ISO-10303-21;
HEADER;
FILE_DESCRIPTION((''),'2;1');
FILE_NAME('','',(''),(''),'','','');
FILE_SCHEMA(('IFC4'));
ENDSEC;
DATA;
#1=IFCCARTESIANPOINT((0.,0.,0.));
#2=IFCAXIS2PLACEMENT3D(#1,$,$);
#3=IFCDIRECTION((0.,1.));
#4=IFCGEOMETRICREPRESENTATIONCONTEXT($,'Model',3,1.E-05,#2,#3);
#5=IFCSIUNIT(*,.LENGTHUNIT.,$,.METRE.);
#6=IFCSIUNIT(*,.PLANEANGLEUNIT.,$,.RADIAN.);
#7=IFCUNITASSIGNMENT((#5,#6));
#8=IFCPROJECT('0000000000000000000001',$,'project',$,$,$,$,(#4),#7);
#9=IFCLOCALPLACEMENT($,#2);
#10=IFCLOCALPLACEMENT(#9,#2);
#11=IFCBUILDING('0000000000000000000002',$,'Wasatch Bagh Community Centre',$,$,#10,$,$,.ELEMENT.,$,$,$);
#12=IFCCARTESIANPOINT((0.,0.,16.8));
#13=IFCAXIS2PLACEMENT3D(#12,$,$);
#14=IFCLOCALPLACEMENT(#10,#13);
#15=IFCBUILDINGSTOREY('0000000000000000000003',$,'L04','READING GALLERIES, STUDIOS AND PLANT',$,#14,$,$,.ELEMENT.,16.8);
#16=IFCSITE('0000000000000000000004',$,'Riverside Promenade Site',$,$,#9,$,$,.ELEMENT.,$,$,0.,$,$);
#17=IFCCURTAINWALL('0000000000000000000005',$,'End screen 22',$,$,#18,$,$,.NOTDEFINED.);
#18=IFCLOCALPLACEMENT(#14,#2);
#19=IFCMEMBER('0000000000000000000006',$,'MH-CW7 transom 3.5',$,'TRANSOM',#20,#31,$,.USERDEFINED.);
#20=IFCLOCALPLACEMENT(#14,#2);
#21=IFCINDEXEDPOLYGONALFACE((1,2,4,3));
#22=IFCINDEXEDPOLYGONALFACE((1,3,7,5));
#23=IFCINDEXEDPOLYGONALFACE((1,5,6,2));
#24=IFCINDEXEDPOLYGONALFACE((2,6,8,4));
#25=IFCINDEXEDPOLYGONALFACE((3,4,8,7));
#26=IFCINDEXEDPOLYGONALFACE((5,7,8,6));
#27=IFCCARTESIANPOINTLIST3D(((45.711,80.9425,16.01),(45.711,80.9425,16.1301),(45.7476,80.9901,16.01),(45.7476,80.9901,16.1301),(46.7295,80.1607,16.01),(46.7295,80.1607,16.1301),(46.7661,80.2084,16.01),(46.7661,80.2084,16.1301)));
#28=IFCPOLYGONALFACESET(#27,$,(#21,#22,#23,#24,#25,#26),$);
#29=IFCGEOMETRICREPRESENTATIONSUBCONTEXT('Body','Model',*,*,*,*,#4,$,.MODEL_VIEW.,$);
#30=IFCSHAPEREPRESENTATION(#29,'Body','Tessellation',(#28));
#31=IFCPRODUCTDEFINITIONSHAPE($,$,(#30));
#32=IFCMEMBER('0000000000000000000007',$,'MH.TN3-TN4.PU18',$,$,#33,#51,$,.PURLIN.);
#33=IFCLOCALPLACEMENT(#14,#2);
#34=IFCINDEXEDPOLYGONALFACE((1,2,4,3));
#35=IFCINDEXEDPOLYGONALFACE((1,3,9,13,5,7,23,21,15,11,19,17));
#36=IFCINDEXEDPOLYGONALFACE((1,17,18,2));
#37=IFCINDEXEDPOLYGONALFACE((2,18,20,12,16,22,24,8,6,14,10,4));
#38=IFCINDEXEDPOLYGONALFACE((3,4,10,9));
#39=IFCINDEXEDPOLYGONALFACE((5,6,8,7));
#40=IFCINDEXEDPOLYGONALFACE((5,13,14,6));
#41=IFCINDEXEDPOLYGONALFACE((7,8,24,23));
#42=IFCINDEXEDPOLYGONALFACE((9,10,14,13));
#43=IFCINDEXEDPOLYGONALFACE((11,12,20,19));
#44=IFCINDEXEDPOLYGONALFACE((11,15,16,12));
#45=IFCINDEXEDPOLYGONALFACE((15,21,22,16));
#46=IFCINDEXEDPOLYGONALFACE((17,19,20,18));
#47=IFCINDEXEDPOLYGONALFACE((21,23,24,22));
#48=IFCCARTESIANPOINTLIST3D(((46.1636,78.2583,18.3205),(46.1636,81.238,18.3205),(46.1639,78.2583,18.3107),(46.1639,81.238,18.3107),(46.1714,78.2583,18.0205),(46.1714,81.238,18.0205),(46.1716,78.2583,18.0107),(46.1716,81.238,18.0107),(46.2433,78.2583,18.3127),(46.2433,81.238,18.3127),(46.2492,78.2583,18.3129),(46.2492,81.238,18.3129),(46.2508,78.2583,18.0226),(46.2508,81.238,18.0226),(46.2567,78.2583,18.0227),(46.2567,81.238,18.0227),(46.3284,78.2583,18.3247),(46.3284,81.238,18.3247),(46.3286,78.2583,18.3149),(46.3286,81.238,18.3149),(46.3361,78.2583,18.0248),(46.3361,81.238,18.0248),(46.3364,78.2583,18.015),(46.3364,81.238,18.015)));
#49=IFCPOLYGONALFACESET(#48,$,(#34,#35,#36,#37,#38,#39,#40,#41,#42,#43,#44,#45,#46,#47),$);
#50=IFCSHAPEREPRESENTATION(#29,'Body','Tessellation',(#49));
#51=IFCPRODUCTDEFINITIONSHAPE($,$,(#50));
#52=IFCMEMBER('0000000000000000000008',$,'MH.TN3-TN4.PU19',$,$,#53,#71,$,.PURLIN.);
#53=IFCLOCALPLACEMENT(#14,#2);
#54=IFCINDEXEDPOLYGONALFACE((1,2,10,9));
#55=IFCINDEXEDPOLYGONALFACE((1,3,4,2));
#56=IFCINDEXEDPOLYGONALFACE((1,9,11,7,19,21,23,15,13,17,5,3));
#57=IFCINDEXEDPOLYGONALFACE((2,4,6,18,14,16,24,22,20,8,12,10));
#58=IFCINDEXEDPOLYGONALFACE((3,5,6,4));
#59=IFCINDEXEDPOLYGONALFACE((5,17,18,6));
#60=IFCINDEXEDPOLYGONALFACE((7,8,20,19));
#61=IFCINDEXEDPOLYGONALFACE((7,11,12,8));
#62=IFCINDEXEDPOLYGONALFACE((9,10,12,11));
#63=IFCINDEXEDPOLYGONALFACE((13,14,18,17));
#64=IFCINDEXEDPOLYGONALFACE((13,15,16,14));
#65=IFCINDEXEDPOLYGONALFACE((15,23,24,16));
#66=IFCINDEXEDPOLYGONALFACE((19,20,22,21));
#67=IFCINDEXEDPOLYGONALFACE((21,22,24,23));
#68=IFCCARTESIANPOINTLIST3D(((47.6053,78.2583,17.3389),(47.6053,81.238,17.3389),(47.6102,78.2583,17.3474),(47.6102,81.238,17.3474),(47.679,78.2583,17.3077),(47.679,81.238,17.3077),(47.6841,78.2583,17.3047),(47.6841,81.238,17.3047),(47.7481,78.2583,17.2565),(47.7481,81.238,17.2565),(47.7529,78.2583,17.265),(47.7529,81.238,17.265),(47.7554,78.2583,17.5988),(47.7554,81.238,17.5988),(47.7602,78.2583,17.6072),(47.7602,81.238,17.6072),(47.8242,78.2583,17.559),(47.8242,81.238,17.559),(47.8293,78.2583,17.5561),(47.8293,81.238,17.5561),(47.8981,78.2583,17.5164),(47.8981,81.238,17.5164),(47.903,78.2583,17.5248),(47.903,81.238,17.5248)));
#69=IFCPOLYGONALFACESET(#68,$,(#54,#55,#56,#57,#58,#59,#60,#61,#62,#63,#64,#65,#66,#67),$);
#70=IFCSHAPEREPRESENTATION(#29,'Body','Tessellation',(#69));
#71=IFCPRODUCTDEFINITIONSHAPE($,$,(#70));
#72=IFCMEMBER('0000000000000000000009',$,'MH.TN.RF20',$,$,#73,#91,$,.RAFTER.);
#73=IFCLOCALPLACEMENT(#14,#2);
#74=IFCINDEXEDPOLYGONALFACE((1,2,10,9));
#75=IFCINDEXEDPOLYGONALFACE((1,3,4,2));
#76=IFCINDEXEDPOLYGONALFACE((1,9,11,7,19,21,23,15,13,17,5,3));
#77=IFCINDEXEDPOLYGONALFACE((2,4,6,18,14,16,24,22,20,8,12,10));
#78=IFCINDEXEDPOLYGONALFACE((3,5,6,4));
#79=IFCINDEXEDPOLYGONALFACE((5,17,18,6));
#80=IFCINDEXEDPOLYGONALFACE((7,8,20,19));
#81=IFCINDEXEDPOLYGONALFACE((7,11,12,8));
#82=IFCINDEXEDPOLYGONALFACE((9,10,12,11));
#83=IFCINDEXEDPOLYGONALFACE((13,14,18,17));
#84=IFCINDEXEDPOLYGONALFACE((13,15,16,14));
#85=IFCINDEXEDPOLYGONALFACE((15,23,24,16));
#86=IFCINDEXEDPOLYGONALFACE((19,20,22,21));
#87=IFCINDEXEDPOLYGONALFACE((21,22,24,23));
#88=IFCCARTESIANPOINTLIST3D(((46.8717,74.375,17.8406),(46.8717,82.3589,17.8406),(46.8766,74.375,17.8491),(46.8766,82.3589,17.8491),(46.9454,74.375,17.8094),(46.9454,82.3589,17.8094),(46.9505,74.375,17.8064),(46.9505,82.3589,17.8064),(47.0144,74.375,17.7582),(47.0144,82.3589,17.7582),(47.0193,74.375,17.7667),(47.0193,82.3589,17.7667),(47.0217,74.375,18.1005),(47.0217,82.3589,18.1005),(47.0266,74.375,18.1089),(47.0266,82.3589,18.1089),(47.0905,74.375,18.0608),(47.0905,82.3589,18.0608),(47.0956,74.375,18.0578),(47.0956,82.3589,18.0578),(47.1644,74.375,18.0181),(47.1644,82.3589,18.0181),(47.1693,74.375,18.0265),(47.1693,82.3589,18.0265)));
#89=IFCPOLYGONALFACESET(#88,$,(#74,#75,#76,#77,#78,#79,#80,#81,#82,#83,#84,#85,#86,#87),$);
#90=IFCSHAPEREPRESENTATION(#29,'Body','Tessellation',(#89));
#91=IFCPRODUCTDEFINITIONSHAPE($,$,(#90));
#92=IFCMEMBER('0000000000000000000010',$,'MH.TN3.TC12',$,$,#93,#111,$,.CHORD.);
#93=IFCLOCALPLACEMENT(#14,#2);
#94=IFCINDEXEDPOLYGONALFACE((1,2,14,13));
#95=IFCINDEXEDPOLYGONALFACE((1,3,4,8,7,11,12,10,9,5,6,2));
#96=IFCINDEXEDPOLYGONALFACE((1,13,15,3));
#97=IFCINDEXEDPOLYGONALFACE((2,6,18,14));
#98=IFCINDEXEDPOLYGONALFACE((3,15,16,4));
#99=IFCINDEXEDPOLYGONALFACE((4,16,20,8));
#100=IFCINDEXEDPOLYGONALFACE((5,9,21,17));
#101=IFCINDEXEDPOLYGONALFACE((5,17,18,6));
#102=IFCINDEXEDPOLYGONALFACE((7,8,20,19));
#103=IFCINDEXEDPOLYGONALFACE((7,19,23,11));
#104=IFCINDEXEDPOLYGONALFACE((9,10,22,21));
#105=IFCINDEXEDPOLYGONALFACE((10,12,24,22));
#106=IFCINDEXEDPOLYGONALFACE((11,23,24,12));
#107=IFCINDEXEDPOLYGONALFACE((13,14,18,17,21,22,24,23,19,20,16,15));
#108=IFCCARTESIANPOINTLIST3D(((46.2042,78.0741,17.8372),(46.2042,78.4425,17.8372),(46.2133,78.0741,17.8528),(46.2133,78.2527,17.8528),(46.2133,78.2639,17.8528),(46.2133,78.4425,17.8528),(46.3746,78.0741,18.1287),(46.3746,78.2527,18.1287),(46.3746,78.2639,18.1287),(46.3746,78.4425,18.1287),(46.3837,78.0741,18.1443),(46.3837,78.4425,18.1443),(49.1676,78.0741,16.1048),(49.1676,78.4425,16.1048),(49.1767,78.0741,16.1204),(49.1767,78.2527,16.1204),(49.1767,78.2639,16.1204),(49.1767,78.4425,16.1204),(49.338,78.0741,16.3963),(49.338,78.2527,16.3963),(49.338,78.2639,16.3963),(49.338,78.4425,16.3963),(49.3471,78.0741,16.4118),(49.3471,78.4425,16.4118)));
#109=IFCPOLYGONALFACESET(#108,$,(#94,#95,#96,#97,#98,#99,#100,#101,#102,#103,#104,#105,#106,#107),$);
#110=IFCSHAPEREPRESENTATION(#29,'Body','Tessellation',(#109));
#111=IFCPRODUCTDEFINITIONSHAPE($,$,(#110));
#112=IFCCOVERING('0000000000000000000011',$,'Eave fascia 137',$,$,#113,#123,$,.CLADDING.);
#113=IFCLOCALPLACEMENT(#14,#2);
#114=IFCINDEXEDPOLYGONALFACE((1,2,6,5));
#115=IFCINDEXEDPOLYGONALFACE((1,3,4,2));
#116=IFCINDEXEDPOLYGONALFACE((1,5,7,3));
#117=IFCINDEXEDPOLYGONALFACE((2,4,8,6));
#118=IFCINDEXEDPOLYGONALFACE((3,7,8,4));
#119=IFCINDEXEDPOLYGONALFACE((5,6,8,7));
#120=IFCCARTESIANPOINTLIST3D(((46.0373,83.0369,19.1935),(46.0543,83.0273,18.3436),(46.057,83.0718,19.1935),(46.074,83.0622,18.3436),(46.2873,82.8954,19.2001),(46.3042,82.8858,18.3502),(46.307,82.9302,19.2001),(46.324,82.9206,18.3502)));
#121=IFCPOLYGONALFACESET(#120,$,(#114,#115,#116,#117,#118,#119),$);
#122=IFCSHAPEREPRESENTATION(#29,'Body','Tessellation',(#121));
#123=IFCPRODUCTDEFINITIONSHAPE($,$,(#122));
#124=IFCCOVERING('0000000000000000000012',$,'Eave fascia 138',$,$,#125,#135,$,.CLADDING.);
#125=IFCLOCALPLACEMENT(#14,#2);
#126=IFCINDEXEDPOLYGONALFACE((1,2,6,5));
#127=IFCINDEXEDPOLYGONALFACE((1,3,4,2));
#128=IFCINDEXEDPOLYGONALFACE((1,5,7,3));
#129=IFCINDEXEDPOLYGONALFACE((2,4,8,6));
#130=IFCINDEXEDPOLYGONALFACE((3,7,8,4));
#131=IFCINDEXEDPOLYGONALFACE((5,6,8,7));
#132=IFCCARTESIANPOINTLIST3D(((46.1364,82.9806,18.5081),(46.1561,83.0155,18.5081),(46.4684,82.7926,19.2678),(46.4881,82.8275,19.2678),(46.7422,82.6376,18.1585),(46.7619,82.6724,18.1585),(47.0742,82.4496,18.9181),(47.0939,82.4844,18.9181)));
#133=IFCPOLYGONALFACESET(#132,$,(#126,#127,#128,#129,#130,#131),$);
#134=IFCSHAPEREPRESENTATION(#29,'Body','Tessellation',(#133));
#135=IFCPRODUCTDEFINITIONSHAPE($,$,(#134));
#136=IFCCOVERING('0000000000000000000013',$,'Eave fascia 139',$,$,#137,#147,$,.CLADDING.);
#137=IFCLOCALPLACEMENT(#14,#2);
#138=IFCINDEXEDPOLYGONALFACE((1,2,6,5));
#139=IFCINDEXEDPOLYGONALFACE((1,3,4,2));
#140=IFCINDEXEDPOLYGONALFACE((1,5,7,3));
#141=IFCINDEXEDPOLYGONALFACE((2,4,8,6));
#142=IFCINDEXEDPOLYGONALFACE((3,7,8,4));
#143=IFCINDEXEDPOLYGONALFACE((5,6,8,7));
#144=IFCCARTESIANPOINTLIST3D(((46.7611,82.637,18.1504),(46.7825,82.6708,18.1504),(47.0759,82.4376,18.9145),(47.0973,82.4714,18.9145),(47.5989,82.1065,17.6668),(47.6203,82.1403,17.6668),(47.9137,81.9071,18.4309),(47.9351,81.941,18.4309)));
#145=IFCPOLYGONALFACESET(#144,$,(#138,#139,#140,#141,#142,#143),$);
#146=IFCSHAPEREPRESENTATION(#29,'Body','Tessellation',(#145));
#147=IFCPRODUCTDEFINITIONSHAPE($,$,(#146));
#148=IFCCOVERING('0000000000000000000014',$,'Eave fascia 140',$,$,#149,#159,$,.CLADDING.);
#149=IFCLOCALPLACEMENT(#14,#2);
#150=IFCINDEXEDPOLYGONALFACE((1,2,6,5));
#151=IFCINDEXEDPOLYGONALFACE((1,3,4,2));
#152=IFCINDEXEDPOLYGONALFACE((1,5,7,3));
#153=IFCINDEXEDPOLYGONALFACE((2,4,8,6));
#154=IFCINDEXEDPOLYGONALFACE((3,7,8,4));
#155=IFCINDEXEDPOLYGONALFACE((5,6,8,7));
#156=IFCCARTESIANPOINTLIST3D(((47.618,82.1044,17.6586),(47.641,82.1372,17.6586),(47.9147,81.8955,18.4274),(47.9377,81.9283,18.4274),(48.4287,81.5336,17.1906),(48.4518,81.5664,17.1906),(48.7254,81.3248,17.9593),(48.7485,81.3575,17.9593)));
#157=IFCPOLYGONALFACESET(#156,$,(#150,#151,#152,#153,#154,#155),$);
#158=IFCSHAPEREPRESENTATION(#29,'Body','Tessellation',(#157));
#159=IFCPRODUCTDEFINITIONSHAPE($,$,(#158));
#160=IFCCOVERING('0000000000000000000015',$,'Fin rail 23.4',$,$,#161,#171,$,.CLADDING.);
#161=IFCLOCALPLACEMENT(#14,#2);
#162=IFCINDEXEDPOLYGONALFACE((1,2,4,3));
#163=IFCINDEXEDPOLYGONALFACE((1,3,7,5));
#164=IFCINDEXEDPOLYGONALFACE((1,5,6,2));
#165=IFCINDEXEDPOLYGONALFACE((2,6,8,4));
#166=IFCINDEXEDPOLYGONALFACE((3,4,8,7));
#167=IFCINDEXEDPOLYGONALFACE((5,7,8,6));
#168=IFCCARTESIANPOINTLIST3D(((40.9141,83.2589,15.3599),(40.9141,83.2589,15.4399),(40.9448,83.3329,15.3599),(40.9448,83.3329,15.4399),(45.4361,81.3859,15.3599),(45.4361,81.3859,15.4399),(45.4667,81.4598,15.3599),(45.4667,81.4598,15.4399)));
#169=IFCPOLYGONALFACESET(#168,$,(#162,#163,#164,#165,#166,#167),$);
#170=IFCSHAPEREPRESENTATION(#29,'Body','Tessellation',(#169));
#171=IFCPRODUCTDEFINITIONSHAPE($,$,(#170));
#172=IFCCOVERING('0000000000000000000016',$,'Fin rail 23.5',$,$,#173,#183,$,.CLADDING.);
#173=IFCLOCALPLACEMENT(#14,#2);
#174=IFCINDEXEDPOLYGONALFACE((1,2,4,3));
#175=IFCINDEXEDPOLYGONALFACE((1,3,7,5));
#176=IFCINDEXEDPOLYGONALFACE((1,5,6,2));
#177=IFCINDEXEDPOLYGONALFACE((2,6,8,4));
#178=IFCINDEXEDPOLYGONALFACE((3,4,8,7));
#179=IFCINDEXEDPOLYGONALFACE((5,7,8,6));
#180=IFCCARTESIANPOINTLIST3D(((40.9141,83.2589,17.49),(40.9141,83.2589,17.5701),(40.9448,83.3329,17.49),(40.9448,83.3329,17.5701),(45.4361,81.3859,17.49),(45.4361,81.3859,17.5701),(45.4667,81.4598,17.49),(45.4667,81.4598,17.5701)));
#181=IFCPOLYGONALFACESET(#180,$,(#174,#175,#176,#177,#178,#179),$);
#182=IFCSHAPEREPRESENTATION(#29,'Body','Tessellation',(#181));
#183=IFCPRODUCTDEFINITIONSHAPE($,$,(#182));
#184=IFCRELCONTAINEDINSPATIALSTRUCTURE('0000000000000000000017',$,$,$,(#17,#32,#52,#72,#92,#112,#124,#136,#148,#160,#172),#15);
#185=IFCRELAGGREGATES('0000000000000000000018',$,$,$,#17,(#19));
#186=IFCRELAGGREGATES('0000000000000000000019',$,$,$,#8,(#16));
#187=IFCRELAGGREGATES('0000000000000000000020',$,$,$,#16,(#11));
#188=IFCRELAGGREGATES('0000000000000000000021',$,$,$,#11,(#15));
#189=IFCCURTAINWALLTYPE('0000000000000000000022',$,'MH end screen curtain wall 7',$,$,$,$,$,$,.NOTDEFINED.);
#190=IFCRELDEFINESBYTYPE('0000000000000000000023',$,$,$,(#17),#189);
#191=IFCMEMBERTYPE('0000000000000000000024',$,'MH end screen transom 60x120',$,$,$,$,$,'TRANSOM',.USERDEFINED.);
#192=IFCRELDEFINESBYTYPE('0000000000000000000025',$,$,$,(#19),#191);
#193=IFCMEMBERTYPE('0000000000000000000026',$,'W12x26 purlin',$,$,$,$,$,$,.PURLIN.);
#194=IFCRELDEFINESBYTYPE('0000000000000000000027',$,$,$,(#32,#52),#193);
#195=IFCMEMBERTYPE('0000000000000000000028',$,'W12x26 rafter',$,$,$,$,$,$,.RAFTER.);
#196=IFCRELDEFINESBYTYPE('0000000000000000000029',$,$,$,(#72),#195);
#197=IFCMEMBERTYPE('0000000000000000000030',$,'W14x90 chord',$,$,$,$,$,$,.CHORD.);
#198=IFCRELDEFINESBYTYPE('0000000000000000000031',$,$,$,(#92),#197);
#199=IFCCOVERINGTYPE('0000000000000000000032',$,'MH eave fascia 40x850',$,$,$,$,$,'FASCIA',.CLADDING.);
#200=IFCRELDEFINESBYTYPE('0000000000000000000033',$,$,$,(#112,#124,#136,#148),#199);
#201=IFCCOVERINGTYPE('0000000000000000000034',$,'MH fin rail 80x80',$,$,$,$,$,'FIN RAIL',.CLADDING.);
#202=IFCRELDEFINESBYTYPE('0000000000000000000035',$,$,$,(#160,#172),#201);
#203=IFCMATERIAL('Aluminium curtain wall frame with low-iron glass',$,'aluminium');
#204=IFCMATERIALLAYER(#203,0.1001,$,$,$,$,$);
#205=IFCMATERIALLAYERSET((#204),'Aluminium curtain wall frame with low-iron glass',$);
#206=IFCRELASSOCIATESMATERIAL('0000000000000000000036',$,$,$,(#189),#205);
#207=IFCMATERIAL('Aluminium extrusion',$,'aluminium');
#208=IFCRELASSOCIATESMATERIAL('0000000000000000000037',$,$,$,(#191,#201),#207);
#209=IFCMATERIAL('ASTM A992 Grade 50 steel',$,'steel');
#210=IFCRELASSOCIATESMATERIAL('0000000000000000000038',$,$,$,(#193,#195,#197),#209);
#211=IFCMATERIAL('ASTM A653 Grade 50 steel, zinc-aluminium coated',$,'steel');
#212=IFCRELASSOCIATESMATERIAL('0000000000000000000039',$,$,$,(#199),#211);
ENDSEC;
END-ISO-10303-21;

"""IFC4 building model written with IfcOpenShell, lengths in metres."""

from ifc_helpers import new_model, si_unit, direction, frame, origin, origin_2d, place, context, subcontext, project, spatial, rectangle, i_section, extrude, material, layer, layer_set, material_profile, profile_set, type_object, element, aggregate, save


model = new_model("IFC4")

# Units and contexts
model_context = context("Model", 3, precision=1e-05, world=origin(), true_north=direction((0.0, 1.0)))
body_context = subcontext(model_context, "Body", "Model", "MODEL_VIEW")
ifc_project = project(units=[si_unit("LENGTHUNIT", "METRE"), si_unit("PLANEANGLEUNIT", "RADIAN")], contexts=[model_context])

# Site, building, storey
site_placement = place(None, origin())
site = spatial("IfcSite", under=ifc_project, at=site_placement, Name="Riverside Promenade Site", CompositionType="ELEMENT", RefElevation=0.0)
building_placement = place(site_placement, origin())
building = spatial("IfcBuilding", under=site, at=building_placement, Name="Wasatch Bagh Community Centre", CompositionType="ELEMENT")
storey_placement = place(building_placement, frame((0.0, 0.0, 16.8)))
storey = spatial("IfcBuildingStorey", under=building, at=storey_placement, Name="L04", Description="READING GALLERIES, STUDIOS AND PLANT", CompositionType="ELEMENT", Elevation=16.8)

# Curtain wall, member
ifc_material_1 = material(Name="Aluminium curtain wall frame with low-iron glass", Category="aluminium")
ifc_layer_1 = layer(ifc_material_1, 0.1001)
ifc_layer_set_1 = layer_set([ifc_layer_1], Name="Aluminium curtain wall frame with low-iron glass")
curtain_wall_type = type_object("IfcCurtainWallType", Name="MH end screen curtain wall 7", PredefinedType="NOTDEFINED", material=ifc_layer_set_1)
curtain_wall_placement = place(storey_placement, origin())
curtain_wall = element("IfcCurtainWall", 1, at=curtain_wall_placement, inside=storey, type_object=curtain_wall_type, Name="End screen 22", PredefinedType="NOTDEFINED")
ifc_material_2 = material(Name="Aluminium extrusion", Category="aluminium")
ifc_material_profile_1 = material_profile(ifc_material_2, rectangle(XDim=0.0601, YDim=0.1201, at=origin_2d()), Name="AL 60x120")
ifc_profile_set_1 = profile_set([ifc_material_profile_1], Name="Aluminium extrusion")
member_type_1 = type_object("IfcMemberType", Name="MH end screen transom 60x120", ElementType="TRANSOM", PredefinedType="USERDEFINED", material=ifc_profile_set_1)
member_1_placement = place(storey_placement, frame((46.7478, 80.1846, 16.0701), z_axis=(-0.793288, 0.608847, 0.0), x_axis=(-0.608847, -0.793288, 0.0)))
member_1 = element("IfcMember", 2, at=member_1_placement, type_object=member_type_1, Name="MH-CW7 transom 3.5", ObjectType="TRANSOM", PredefinedType="USERDEFINED", context=body_context, shape_type="SweptSolid", body=[
    extrude(rectangle(XDim=0.0601, YDim=0.1201, at=origin_2d()), origin(), (0.0, 0.0, 1.0), 1.2839),
])
aggregate(curtain_wall, [member_1])

# Members
ifc_material_3 = material(Name="ASTM A992 Grade 50 steel", Category="steel")
ifc_material_profile_2 = material_profile(ifc_material_3, i_section(OverallWidth=0.1648, OverallDepth=0.3098, WebThickness=0.0059, FlangeThickness=0.0098, at=origin_2d()), Name="W12x26")
ifc_profile_set_2 = profile_set([ifc_material_profile_2], Name="ASTM A992 Grade 50 steel")
member_type_2 = type_object("IfcMemberType", Name="W12x26 purlin", PredefinedType="PURLIN", material=ifc_profile_set_2)
for number, where, z_axis, x_axis, name in (
    (3, (46.25, 78.2583, 18.1677), (0.0, 1.0, 0.0), (-0.999667, 0.0, -0.025817), "MH.TN3-TN4.PU18"),
    (4, (47.7542, 78.2583, 17.4319), (0.0, 1.0, 0.0), (-0.866025, 0.0, 0.5), "MH.TN3-TN4.PU19"),
):
    element("IfcMember", number, at=place(storey_placement, frame(where, z_axis=z_axis, x_axis=x_axis)), inside=storey, type_object=member_type_2, Name=name, PredefinedType="PURLIN", context=body_context, shape_type="SweptSolid", body=[
        extrude(i_section(OverallWidth=0.1648, OverallDepth=0.3098, WebThickness=0.0059, FlangeThickness=0.0098, at=origin_2d()), origin(), (0.0, 0.0, 1.0), 2.9797),
    ])
ifc_material_profile_3 = material_profile(ifc_material_3, i_section(OverallWidth=0.1648, OverallDepth=0.3098, WebThickness=0.0059, FlangeThickness=0.0098, at=origin_2d()), Name="W12x26")
ifc_profile_set_3 = profile_set([ifc_material_profile_3], Name="ASTM A992 Grade 50 steel")
member_type_3 = type_object("IfcMemberType", Name="W12x26 rafter", PredefinedType="RAFTER", material=ifc_profile_set_3)
member_2_placement = place(storey_placement, frame((47.0205, 82.3589, 17.9336), z_axis=(0.0, -1.0, 0.0), x_axis=(0.866025, 0.0, -0.5)))
element("IfcMember", 5, at=member_2_placement, inside=storey, type_object=member_type_3, Name="MH.TN.RF20", PredefinedType="RAFTER", context=body_context, shape_type="SweptSolid", body=[
    extrude(i_section(OverallWidth=0.1648, OverallDepth=0.3098, WebThickness=0.0059, FlangeThickness=0.0098, at=origin_2d()), origin(), (0.0, 0.0, 1.0), 7.9839),
])
ifc_material_profile_4 = material_profile(ifc_material_3, i_section(OverallWidth=0.3684, OverallDepth=0.3557, WebThickness=0.0112, FlangeThickness=0.0181, at=origin_2d()), Name="W14x90")
ifc_profile_set_4 = profile_set([ifc_material_profile_4], Name="ASTM A992 Grade 50 steel")
member_type_4 = type_object("IfcMemberType", Name="W14x90 chord", PredefinedType="CHORD", material=ifc_profile_set_4)
member_3_placement = place(storey_placement, frame((46.2939, 78.2583, 17.9907), z_axis=(0.863299, 0.0, -0.504693), x_axis=(0.0, 1.0, 0.0)))
element("IfcMember", 6, at=member_3_placement, inside=storey, type_object=member_type_4, Name="MH.TN3.TC12", PredefinedType="CHORD", context=body_context, shape_type="SweptSolid", body=[
    extrude(i_section(OverallWidth=0.3684, OverallDepth=0.3557, WebThickness=0.0112, FlangeThickness=0.0181, at=origin_2d()), origin(), (0.0, 0.0, 1.0), 3.4326),
])

# Coverings
ifc_material_4 = material(Name="ASTM A653 Grade 50 steel, zinc-aluminium coated", Category="steel")
ifc_material_profile_5 = material_profile(ifc_material_4, rectangle(XDim=0.04, YDim=0.8501, at=origin_2d()), Name="FASCIA 40x850")
ifc_profile_set_5 = profile_set([ifc_material_profile_5], Name="ASTM A653 Grade 50 steel, zinc-aluminium coated")
covering_type_1 = type_object("IfcCoveringType", Name="MH eave fascia 40x850", ElementType="FASCIA", PredefinedType="CLADDING", material=ifc_profile_set_5)
covering_1_placement = place(storey_placement, frame((46.0557, 83.0496, 18.7686), z_axis=(0.86989, -0.492711, 0.022937), x_axis=(0.492841, 0.870119, 0.0)))
element("IfcCovering", 7, at=covering_1_placement, inside=storey, type_object=covering_type_1, Name="Eave fascia 137", PredefinedType="CLADDING", context=body_context, shape_type="SweptSolid", body=[
    extrude(rectangle(XDim=0.04, YDim=0.8501, at=origin_2d()), origin(), (0.0, 0.0, 1.0), 0.2874),
])
covering_2_placement = place(storey_placement, frame((46.3123, 82.9041, 18.8879), z_axis=(0.777594, -0.440354, -0.448817), x_axis=(0.492774, 0.870158, 0.0)))
element("IfcCovering", 8, at=covering_2_placement, inside=storey, type_object=covering_type_1, Name="Eave fascia 138", PredefinedType="CLADDING", context=body_context, shape_type="SweptSolid", body=[
    extrude(rectangle(XDim=0.04, YDim=0.8501, at=origin_2d()), origin(), (0.0, 0.0, 1.0), 0.7791),
])
covering_3_placement = place(storey_placement, frame((46.9292, 82.5542, 18.5325), z_axis=(0.759394, -0.480817, -0.438333), x_axis=(0.534947, 0.844886, 0.0)))
element("IfcCovering", 9, at=covering_3_placement, inside=storey, type_object=covering_type_1, Name="Eave fascia 139", PredefinedType="CLADDING", context=body_context, shape_type="SweptSolid", body=[
    extrude(rectangle(XDim=0.04, YDim=0.8501, at=origin_2d()), origin(), (0.0, 0.0, 1.0), 1.1033),
])
covering_4_placement = place(storey_placement, frame((47.7778, 82.0164, 18.043), z_axis=(0.739459, -0.520583, -0.426842), x_axis=(0.575658, 0.817691, 0.0)))
element("IfcCovering", 10, at=covering_4_placement, inside=storey, type_object=covering_type_1, Name="Eave fascia 140", PredefinedType="CLADDING", context=body_context, shape_type="SweptSolid", body=[
    extrude(rectangle(XDim=0.04, YDim=0.8501, at=origin_2d()), origin(), (0.0, 0.0, 1.0), 1.0964),
])
ifc_material_profile_6 = material_profile(ifc_material_2, rectangle(XDim=0.0801, YDim=0.0801, at=origin_2d()), Name="AL 80x80")
ifc_profile_set_6 = profile_set([ifc_material_profile_6], Name="Aluminium extrusion")
covering_type_2 = type_object("IfcCoveringType", Name="MH fin rail 80x80", ElementType="FIN RAIL", PredefinedType="CLADDING", material=ifc_profile_set_6)
for number, where, z_axis, x_axis, name in (
    (11, (45.4514, 81.4229, 15.3999), (-0.923881, 0.382681, 0.0), (-0.382681, -0.923881, 0.0), "Fin rail 23.4"),
    (12, (45.4514, 81.4229, 17.53), (-0.923881, 0.382681, 0.0), (-0.382681, -0.923881, 0.0), "Fin rail 23.5"),
):
    element("IfcCovering", number, at=place(storey_placement, frame(where, z_axis=z_axis, x_axis=x_axis)), inside=storey, type_object=covering_type_2, Name=name, PredefinedType="CLADDING", context=body_context, shape_type="SweptSolid", body=[
        extrude(rectangle(XDim=0.0801, YDim=0.0801, at=origin_2d()), origin(), (0.0, 0.0, 1.0), 4.8945),
    ])

save(model, "model.ifc")
